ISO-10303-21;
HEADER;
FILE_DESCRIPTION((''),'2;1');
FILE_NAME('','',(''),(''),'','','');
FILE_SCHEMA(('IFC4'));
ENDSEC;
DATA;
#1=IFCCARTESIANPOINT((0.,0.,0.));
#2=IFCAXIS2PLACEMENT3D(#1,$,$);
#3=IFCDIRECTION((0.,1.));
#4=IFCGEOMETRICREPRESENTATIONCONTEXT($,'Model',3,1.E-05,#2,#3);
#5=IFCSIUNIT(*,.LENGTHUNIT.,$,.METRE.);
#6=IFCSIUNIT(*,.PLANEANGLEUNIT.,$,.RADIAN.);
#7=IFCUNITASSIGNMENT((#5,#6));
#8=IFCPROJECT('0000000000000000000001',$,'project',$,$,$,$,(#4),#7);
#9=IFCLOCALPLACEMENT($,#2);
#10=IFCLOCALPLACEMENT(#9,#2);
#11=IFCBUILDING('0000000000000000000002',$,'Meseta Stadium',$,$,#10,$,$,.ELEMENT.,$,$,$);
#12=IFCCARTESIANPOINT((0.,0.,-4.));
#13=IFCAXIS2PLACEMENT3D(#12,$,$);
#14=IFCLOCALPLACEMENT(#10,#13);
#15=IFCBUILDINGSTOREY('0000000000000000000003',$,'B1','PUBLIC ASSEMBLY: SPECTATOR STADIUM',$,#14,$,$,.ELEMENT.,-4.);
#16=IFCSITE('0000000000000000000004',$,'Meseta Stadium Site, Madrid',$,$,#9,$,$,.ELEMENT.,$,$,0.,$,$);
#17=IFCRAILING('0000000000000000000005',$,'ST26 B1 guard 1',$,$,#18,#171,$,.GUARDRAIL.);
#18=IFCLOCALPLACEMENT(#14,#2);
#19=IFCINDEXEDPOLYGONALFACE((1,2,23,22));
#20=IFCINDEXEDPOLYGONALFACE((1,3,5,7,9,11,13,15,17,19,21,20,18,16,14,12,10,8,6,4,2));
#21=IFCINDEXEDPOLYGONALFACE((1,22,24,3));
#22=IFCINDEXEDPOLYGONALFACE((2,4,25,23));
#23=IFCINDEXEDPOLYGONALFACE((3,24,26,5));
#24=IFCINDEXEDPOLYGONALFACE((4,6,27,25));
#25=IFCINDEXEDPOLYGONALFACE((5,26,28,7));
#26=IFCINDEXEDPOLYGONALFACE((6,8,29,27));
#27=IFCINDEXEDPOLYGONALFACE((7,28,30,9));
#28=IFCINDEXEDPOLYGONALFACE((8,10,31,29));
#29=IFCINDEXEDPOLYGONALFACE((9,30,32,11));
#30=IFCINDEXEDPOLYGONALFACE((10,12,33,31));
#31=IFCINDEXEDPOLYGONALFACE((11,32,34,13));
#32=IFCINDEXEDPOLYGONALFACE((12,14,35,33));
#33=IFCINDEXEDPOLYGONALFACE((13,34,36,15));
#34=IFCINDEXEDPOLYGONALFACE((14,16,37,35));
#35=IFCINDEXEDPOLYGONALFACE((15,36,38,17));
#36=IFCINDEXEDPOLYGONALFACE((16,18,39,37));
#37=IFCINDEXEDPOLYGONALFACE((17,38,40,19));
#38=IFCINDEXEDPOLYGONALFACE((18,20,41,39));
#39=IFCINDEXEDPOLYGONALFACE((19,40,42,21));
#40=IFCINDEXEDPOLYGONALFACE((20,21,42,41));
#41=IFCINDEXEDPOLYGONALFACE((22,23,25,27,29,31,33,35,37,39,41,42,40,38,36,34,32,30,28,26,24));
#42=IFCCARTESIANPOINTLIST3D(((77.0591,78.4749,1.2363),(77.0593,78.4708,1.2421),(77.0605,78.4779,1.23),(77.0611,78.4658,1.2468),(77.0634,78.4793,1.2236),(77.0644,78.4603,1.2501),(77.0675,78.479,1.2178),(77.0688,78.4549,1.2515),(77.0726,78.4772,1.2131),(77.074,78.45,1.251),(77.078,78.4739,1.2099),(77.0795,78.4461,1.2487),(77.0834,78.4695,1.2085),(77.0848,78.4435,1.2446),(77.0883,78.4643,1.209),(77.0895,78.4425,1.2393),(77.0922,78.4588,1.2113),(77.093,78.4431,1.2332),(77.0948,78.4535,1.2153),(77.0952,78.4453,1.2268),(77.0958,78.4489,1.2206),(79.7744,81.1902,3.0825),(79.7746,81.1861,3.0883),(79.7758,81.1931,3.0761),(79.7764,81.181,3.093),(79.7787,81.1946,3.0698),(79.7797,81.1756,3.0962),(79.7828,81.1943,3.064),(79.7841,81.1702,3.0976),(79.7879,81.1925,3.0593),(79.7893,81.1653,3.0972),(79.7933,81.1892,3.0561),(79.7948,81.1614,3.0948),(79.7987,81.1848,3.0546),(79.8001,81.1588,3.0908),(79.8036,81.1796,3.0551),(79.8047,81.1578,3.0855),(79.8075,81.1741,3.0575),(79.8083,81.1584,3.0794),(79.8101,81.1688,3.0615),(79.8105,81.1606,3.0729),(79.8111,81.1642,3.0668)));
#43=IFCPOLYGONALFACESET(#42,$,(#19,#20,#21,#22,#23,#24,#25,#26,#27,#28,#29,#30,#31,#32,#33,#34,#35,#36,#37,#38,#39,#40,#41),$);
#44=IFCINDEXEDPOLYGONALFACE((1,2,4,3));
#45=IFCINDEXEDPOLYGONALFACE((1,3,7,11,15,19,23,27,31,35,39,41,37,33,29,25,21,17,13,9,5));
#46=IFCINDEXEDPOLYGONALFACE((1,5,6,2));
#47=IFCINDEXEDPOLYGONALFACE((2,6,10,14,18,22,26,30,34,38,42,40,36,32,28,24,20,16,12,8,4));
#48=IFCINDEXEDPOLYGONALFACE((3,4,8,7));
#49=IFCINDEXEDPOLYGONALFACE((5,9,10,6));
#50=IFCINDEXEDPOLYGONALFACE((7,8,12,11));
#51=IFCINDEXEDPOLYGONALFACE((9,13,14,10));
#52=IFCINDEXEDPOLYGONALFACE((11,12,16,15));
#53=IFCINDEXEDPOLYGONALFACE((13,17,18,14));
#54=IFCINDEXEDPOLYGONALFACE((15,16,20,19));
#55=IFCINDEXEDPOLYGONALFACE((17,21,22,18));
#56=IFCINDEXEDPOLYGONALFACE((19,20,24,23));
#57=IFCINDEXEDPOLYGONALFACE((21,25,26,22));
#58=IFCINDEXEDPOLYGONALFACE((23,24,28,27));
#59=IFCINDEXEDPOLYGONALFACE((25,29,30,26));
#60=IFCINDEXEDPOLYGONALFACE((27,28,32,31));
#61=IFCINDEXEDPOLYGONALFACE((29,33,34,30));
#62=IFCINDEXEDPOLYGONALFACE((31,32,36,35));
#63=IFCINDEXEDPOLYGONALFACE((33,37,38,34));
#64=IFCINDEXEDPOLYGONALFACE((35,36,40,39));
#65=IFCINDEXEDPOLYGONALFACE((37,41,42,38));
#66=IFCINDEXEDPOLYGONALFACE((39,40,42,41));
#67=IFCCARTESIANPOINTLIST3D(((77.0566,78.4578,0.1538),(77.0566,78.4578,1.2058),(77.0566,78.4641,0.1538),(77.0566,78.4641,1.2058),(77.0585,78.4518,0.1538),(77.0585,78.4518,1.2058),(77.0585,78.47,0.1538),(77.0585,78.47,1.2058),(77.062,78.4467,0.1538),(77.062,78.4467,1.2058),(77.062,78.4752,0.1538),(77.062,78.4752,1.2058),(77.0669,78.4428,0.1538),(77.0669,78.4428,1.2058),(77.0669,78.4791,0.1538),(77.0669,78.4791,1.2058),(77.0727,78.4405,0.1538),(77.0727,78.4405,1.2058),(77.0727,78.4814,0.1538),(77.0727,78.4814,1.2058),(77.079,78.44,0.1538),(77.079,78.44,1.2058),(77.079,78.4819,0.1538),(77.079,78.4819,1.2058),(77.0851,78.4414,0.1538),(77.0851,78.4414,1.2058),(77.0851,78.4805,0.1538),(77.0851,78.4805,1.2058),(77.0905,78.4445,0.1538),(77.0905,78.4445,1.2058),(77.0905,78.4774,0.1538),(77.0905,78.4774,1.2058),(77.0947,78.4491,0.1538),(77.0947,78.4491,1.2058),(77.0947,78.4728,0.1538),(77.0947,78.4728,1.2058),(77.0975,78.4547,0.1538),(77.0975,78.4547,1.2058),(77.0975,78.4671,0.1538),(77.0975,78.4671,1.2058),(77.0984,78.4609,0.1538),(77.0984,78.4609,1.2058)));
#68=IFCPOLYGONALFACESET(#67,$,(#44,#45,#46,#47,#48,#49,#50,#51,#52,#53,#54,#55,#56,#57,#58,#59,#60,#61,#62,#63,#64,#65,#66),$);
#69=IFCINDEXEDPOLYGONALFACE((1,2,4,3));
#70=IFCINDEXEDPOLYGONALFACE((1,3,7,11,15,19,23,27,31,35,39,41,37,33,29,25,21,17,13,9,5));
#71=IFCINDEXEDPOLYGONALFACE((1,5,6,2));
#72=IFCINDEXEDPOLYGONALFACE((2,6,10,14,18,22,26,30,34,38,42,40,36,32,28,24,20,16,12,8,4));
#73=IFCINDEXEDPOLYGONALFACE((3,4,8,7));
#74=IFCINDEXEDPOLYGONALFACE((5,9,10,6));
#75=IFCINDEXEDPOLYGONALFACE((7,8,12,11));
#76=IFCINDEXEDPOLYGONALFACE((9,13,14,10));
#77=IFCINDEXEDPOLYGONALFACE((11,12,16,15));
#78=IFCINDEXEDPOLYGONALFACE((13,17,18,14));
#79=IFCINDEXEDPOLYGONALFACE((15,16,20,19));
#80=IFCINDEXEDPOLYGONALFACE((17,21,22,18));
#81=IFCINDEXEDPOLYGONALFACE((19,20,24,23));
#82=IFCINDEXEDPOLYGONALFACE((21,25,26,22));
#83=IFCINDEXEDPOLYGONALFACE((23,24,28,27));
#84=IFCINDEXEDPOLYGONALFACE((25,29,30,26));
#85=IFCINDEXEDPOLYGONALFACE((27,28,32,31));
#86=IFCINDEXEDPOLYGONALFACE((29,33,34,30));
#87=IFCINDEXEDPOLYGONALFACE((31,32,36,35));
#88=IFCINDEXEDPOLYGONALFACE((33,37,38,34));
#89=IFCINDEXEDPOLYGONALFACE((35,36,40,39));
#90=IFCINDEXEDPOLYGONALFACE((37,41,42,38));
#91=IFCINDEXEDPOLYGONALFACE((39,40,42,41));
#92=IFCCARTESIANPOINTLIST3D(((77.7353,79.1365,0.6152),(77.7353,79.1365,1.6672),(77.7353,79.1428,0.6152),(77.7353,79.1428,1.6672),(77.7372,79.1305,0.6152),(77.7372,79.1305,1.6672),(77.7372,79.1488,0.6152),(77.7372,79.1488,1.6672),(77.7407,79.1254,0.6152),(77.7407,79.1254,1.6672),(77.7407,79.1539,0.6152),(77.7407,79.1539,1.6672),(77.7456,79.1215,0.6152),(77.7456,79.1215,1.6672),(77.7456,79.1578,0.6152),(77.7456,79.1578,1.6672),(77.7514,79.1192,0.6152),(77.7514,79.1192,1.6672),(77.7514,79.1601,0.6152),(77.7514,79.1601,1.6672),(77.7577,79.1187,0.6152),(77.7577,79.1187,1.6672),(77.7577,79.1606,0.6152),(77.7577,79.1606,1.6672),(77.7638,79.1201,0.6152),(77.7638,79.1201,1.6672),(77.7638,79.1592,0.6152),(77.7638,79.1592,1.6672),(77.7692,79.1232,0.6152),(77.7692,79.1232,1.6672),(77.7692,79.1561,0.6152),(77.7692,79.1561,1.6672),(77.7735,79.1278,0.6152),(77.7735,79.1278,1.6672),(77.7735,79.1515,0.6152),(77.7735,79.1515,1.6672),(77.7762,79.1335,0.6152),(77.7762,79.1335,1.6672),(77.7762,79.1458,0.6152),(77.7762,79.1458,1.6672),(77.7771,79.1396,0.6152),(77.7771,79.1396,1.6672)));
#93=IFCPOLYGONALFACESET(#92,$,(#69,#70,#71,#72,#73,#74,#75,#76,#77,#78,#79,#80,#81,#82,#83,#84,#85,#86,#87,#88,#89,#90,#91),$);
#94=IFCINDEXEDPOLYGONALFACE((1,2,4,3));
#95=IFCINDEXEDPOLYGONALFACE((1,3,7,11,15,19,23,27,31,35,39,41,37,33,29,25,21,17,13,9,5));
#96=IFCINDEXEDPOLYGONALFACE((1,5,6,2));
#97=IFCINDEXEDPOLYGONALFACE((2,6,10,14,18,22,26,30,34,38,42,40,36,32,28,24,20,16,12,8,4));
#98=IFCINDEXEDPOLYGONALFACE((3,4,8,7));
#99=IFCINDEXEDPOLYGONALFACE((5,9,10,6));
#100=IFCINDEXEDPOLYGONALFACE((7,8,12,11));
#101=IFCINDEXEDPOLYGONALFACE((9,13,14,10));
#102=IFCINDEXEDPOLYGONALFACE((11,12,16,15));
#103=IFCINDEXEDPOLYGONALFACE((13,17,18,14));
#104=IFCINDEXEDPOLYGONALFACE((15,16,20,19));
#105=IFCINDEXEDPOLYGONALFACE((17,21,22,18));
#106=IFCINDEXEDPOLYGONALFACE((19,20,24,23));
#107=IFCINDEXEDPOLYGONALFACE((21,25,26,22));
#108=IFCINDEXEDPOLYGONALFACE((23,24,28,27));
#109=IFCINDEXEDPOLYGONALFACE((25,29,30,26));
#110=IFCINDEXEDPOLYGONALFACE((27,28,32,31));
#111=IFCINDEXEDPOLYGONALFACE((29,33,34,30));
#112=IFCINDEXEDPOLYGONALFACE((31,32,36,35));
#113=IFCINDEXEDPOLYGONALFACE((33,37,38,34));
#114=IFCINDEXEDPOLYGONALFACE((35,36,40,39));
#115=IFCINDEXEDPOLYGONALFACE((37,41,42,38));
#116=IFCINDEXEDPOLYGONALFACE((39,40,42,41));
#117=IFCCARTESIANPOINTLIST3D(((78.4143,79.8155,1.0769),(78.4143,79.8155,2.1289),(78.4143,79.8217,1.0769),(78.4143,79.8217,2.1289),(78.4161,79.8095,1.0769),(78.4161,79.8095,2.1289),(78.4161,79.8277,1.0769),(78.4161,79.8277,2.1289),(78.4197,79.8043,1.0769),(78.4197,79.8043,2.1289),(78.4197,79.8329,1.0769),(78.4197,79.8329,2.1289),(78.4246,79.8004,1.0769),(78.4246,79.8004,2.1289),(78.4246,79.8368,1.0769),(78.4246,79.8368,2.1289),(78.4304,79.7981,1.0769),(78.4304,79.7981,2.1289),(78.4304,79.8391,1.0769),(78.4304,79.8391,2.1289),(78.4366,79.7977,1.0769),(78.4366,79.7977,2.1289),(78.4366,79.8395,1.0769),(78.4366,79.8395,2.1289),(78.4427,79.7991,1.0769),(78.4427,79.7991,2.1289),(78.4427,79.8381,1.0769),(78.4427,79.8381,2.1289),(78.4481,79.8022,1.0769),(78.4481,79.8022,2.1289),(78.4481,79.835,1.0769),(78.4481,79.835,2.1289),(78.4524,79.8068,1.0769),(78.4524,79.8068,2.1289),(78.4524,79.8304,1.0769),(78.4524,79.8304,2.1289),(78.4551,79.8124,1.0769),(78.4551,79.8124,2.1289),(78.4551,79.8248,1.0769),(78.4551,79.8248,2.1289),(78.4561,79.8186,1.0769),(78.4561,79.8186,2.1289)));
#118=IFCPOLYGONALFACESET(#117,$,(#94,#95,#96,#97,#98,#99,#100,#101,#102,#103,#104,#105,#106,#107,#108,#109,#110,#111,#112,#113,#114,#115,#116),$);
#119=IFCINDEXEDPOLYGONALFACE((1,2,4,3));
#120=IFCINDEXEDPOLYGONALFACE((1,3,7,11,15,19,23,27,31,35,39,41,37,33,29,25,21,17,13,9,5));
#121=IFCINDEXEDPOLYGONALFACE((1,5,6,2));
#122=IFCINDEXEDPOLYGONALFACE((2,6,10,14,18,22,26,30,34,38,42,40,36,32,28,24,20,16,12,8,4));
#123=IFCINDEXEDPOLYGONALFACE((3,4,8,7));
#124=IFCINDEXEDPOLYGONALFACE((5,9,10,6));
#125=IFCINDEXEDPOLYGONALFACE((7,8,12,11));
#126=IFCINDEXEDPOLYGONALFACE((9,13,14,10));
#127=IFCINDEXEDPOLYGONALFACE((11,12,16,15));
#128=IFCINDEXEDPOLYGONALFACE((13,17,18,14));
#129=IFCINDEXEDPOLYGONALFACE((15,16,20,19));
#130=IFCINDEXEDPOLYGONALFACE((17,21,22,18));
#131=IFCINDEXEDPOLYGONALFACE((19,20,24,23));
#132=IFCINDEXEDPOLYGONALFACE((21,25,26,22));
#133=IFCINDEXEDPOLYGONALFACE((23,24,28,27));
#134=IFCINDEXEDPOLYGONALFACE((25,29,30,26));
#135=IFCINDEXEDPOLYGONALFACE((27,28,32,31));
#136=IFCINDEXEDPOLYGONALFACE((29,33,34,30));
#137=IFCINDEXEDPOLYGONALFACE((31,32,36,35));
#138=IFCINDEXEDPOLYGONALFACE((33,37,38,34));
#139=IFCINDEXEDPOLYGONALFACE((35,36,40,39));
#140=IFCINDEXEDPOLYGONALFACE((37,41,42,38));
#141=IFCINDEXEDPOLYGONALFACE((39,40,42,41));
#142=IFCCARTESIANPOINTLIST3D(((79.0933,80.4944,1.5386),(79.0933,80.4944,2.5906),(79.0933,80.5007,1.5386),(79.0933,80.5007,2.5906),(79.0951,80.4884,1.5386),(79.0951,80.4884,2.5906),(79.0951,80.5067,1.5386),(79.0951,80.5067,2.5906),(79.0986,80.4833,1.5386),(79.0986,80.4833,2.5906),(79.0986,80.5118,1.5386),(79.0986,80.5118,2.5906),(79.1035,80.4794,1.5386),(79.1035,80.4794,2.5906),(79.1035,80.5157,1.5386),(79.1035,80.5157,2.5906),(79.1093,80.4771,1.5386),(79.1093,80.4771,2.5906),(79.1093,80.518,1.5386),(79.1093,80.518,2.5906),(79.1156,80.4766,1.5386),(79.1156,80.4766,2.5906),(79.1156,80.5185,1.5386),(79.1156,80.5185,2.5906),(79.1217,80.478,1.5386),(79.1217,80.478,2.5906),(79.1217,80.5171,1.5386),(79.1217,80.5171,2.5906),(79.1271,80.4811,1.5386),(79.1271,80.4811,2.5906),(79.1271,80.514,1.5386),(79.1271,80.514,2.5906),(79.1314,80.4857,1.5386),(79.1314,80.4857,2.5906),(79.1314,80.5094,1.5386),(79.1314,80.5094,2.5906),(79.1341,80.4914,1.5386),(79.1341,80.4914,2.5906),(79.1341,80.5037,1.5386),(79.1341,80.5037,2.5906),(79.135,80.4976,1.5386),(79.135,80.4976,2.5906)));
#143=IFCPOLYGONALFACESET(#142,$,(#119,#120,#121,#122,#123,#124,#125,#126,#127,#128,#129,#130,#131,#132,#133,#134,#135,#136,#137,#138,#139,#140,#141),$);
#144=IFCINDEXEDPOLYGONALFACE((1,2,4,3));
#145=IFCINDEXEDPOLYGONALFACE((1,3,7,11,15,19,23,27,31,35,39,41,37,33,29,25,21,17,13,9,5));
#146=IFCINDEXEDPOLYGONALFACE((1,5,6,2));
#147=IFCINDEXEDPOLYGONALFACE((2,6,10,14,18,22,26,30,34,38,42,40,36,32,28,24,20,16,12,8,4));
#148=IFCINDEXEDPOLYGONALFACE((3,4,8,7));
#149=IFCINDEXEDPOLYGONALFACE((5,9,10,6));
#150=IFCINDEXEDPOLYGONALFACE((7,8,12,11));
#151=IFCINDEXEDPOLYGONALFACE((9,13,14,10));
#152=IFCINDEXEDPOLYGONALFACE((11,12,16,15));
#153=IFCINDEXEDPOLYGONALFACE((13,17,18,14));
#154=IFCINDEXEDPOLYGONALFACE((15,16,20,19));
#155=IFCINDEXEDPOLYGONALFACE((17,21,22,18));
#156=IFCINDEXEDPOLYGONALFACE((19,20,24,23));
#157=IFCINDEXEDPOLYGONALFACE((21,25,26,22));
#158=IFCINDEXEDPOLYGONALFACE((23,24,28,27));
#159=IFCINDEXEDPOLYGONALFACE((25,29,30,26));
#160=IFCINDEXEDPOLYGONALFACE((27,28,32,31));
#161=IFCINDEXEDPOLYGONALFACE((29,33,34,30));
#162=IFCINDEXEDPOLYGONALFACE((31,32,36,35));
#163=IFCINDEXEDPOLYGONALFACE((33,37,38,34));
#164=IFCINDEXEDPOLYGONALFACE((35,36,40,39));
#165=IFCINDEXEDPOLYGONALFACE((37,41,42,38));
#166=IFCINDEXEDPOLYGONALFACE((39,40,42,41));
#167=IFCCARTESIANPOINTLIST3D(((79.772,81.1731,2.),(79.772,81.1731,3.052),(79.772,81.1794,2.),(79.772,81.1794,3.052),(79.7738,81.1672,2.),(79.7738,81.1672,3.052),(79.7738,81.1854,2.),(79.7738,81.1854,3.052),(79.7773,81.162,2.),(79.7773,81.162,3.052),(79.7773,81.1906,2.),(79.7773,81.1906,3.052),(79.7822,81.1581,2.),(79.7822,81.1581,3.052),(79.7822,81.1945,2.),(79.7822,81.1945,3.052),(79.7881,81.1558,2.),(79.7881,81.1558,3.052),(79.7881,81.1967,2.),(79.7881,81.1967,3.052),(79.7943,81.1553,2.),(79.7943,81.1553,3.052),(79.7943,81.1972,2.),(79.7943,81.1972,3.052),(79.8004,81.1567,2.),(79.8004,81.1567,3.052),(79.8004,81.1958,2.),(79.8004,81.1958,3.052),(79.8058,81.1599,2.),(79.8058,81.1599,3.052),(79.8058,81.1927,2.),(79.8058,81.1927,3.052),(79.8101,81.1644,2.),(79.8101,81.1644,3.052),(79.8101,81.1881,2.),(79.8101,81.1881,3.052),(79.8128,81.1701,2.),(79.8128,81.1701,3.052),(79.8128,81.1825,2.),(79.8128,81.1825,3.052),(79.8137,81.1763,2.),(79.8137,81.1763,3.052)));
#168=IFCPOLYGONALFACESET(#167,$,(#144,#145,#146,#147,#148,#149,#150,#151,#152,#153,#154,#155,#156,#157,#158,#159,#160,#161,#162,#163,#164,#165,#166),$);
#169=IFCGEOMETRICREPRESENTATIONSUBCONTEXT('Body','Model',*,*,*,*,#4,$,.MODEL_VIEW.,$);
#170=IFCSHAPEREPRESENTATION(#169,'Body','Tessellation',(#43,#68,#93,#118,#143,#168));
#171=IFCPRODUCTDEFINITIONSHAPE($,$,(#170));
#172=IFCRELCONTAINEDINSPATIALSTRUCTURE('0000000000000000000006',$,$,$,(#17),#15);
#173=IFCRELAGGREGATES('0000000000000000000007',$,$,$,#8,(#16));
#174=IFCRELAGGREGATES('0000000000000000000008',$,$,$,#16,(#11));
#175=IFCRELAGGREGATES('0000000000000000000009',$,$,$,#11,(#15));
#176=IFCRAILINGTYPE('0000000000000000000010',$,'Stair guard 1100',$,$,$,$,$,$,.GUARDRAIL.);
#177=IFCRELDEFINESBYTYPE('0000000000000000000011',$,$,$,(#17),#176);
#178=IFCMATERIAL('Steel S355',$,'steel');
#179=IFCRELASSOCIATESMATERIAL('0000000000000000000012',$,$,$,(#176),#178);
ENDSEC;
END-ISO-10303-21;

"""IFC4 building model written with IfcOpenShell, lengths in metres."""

from ifc_helpers import new_model, si_unit, direction, frame, origin, origin_2d, place, context, subcontext, project, spatial, circle, extrude, material, type_object, element, save


model = new_model("IFC4")

# Units and contexts
model_context = context("Model", 3, precision=1e-05, world=origin(), true_north=direction((0.0, 1.0)))
body_context = subcontext(model_context, "Body", "Model", "MODEL_VIEW")
ifc_project = project(units=[si_unit("LENGTHUNIT", "METRE"), si_unit("PLANEANGLEUNIT", "RADIAN")], contexts=[model_context])

# Site, building, storey
site_placement = place(None, origin())
site = spatial("IfcSite", under=ifc_project, at=site_placement, Name="Meseta Stadium Site, Madrid", CompositionType="ELEMENT", RefElevation=0.0)
building_placement = place(site_placement, origin())
building = spatial("IfcBuilding", under=site, at=building_placement, Name="Meseta Stadium", CompositionType="ELEMENT")
storey_placement = place(building_placement, frame((0.0, 0.0, -4.0)))
storey = spatial("IfcBuildingStorey", under=building, at=storey_placement, Name="B1", Description="PUBLIC ASSEMBLY: SPECTATOR STADIUM", CompositionType="ELEMENT", Elevation=-4.0)

# Railing
ifc_material_1 = material(Name="Steel S355", Category="steel")
railing_type_1 = type_object("IfcRailingType", Name="Stair guard 1100", PredefinedType="GUARDRAIL", material=ifc_material_1)
railing_1_placement = place(storey_placement, frame((77.0774, 78.4609, 0.1538)))
element("IfcRailing", 1, at=railing_1_placement, inside=storey, type_object=railing_type_1, Name="ST26 B1 guard 1", PredefinedType="GUARDRAIL", context=body_context, shape_type="SweptSolid", body=[
    extrude(circle(Radius=0.0239, at=origin_2d()), frame((0.0, 0.0, 1.0762), z_axis=(0.637281, 0.637281, 0.433296), x_axis=(-0.707107, 0.707107, 0.0)), (0.0, 0.0, 1.0), 4.2607),
    extrude(circle(Radius=0.021, at=origin_2d()), origin(), (0.0, 0.0, 1.0), 1.052),
    extrude(circle(Radius=0.021, at=origin_2d()), frame((0.6787, 0.6787, 0.4614)), (0.0, 0.0, 1.0), 1.052),
    extrude(circle(Radius=0.021, at=origin_2d()), frame((1.3577, 1.3577, 0.9231)), (0.0, 0.0, 1.0), 1.052),
    extrude(circle(Radius=0.021, at=origin_2d()), frame((2.0366, 2.0366, 1.3848)), (0.0, 0.0, 1.0), 1.052),
    extrude(circle(Radius=0.021, at=origin_2d()), frame((2.7153, 2.7153, 1.8462)), (0.0, 0.0, 1.0), 1.052),
])

save(model, "model.ifc")
